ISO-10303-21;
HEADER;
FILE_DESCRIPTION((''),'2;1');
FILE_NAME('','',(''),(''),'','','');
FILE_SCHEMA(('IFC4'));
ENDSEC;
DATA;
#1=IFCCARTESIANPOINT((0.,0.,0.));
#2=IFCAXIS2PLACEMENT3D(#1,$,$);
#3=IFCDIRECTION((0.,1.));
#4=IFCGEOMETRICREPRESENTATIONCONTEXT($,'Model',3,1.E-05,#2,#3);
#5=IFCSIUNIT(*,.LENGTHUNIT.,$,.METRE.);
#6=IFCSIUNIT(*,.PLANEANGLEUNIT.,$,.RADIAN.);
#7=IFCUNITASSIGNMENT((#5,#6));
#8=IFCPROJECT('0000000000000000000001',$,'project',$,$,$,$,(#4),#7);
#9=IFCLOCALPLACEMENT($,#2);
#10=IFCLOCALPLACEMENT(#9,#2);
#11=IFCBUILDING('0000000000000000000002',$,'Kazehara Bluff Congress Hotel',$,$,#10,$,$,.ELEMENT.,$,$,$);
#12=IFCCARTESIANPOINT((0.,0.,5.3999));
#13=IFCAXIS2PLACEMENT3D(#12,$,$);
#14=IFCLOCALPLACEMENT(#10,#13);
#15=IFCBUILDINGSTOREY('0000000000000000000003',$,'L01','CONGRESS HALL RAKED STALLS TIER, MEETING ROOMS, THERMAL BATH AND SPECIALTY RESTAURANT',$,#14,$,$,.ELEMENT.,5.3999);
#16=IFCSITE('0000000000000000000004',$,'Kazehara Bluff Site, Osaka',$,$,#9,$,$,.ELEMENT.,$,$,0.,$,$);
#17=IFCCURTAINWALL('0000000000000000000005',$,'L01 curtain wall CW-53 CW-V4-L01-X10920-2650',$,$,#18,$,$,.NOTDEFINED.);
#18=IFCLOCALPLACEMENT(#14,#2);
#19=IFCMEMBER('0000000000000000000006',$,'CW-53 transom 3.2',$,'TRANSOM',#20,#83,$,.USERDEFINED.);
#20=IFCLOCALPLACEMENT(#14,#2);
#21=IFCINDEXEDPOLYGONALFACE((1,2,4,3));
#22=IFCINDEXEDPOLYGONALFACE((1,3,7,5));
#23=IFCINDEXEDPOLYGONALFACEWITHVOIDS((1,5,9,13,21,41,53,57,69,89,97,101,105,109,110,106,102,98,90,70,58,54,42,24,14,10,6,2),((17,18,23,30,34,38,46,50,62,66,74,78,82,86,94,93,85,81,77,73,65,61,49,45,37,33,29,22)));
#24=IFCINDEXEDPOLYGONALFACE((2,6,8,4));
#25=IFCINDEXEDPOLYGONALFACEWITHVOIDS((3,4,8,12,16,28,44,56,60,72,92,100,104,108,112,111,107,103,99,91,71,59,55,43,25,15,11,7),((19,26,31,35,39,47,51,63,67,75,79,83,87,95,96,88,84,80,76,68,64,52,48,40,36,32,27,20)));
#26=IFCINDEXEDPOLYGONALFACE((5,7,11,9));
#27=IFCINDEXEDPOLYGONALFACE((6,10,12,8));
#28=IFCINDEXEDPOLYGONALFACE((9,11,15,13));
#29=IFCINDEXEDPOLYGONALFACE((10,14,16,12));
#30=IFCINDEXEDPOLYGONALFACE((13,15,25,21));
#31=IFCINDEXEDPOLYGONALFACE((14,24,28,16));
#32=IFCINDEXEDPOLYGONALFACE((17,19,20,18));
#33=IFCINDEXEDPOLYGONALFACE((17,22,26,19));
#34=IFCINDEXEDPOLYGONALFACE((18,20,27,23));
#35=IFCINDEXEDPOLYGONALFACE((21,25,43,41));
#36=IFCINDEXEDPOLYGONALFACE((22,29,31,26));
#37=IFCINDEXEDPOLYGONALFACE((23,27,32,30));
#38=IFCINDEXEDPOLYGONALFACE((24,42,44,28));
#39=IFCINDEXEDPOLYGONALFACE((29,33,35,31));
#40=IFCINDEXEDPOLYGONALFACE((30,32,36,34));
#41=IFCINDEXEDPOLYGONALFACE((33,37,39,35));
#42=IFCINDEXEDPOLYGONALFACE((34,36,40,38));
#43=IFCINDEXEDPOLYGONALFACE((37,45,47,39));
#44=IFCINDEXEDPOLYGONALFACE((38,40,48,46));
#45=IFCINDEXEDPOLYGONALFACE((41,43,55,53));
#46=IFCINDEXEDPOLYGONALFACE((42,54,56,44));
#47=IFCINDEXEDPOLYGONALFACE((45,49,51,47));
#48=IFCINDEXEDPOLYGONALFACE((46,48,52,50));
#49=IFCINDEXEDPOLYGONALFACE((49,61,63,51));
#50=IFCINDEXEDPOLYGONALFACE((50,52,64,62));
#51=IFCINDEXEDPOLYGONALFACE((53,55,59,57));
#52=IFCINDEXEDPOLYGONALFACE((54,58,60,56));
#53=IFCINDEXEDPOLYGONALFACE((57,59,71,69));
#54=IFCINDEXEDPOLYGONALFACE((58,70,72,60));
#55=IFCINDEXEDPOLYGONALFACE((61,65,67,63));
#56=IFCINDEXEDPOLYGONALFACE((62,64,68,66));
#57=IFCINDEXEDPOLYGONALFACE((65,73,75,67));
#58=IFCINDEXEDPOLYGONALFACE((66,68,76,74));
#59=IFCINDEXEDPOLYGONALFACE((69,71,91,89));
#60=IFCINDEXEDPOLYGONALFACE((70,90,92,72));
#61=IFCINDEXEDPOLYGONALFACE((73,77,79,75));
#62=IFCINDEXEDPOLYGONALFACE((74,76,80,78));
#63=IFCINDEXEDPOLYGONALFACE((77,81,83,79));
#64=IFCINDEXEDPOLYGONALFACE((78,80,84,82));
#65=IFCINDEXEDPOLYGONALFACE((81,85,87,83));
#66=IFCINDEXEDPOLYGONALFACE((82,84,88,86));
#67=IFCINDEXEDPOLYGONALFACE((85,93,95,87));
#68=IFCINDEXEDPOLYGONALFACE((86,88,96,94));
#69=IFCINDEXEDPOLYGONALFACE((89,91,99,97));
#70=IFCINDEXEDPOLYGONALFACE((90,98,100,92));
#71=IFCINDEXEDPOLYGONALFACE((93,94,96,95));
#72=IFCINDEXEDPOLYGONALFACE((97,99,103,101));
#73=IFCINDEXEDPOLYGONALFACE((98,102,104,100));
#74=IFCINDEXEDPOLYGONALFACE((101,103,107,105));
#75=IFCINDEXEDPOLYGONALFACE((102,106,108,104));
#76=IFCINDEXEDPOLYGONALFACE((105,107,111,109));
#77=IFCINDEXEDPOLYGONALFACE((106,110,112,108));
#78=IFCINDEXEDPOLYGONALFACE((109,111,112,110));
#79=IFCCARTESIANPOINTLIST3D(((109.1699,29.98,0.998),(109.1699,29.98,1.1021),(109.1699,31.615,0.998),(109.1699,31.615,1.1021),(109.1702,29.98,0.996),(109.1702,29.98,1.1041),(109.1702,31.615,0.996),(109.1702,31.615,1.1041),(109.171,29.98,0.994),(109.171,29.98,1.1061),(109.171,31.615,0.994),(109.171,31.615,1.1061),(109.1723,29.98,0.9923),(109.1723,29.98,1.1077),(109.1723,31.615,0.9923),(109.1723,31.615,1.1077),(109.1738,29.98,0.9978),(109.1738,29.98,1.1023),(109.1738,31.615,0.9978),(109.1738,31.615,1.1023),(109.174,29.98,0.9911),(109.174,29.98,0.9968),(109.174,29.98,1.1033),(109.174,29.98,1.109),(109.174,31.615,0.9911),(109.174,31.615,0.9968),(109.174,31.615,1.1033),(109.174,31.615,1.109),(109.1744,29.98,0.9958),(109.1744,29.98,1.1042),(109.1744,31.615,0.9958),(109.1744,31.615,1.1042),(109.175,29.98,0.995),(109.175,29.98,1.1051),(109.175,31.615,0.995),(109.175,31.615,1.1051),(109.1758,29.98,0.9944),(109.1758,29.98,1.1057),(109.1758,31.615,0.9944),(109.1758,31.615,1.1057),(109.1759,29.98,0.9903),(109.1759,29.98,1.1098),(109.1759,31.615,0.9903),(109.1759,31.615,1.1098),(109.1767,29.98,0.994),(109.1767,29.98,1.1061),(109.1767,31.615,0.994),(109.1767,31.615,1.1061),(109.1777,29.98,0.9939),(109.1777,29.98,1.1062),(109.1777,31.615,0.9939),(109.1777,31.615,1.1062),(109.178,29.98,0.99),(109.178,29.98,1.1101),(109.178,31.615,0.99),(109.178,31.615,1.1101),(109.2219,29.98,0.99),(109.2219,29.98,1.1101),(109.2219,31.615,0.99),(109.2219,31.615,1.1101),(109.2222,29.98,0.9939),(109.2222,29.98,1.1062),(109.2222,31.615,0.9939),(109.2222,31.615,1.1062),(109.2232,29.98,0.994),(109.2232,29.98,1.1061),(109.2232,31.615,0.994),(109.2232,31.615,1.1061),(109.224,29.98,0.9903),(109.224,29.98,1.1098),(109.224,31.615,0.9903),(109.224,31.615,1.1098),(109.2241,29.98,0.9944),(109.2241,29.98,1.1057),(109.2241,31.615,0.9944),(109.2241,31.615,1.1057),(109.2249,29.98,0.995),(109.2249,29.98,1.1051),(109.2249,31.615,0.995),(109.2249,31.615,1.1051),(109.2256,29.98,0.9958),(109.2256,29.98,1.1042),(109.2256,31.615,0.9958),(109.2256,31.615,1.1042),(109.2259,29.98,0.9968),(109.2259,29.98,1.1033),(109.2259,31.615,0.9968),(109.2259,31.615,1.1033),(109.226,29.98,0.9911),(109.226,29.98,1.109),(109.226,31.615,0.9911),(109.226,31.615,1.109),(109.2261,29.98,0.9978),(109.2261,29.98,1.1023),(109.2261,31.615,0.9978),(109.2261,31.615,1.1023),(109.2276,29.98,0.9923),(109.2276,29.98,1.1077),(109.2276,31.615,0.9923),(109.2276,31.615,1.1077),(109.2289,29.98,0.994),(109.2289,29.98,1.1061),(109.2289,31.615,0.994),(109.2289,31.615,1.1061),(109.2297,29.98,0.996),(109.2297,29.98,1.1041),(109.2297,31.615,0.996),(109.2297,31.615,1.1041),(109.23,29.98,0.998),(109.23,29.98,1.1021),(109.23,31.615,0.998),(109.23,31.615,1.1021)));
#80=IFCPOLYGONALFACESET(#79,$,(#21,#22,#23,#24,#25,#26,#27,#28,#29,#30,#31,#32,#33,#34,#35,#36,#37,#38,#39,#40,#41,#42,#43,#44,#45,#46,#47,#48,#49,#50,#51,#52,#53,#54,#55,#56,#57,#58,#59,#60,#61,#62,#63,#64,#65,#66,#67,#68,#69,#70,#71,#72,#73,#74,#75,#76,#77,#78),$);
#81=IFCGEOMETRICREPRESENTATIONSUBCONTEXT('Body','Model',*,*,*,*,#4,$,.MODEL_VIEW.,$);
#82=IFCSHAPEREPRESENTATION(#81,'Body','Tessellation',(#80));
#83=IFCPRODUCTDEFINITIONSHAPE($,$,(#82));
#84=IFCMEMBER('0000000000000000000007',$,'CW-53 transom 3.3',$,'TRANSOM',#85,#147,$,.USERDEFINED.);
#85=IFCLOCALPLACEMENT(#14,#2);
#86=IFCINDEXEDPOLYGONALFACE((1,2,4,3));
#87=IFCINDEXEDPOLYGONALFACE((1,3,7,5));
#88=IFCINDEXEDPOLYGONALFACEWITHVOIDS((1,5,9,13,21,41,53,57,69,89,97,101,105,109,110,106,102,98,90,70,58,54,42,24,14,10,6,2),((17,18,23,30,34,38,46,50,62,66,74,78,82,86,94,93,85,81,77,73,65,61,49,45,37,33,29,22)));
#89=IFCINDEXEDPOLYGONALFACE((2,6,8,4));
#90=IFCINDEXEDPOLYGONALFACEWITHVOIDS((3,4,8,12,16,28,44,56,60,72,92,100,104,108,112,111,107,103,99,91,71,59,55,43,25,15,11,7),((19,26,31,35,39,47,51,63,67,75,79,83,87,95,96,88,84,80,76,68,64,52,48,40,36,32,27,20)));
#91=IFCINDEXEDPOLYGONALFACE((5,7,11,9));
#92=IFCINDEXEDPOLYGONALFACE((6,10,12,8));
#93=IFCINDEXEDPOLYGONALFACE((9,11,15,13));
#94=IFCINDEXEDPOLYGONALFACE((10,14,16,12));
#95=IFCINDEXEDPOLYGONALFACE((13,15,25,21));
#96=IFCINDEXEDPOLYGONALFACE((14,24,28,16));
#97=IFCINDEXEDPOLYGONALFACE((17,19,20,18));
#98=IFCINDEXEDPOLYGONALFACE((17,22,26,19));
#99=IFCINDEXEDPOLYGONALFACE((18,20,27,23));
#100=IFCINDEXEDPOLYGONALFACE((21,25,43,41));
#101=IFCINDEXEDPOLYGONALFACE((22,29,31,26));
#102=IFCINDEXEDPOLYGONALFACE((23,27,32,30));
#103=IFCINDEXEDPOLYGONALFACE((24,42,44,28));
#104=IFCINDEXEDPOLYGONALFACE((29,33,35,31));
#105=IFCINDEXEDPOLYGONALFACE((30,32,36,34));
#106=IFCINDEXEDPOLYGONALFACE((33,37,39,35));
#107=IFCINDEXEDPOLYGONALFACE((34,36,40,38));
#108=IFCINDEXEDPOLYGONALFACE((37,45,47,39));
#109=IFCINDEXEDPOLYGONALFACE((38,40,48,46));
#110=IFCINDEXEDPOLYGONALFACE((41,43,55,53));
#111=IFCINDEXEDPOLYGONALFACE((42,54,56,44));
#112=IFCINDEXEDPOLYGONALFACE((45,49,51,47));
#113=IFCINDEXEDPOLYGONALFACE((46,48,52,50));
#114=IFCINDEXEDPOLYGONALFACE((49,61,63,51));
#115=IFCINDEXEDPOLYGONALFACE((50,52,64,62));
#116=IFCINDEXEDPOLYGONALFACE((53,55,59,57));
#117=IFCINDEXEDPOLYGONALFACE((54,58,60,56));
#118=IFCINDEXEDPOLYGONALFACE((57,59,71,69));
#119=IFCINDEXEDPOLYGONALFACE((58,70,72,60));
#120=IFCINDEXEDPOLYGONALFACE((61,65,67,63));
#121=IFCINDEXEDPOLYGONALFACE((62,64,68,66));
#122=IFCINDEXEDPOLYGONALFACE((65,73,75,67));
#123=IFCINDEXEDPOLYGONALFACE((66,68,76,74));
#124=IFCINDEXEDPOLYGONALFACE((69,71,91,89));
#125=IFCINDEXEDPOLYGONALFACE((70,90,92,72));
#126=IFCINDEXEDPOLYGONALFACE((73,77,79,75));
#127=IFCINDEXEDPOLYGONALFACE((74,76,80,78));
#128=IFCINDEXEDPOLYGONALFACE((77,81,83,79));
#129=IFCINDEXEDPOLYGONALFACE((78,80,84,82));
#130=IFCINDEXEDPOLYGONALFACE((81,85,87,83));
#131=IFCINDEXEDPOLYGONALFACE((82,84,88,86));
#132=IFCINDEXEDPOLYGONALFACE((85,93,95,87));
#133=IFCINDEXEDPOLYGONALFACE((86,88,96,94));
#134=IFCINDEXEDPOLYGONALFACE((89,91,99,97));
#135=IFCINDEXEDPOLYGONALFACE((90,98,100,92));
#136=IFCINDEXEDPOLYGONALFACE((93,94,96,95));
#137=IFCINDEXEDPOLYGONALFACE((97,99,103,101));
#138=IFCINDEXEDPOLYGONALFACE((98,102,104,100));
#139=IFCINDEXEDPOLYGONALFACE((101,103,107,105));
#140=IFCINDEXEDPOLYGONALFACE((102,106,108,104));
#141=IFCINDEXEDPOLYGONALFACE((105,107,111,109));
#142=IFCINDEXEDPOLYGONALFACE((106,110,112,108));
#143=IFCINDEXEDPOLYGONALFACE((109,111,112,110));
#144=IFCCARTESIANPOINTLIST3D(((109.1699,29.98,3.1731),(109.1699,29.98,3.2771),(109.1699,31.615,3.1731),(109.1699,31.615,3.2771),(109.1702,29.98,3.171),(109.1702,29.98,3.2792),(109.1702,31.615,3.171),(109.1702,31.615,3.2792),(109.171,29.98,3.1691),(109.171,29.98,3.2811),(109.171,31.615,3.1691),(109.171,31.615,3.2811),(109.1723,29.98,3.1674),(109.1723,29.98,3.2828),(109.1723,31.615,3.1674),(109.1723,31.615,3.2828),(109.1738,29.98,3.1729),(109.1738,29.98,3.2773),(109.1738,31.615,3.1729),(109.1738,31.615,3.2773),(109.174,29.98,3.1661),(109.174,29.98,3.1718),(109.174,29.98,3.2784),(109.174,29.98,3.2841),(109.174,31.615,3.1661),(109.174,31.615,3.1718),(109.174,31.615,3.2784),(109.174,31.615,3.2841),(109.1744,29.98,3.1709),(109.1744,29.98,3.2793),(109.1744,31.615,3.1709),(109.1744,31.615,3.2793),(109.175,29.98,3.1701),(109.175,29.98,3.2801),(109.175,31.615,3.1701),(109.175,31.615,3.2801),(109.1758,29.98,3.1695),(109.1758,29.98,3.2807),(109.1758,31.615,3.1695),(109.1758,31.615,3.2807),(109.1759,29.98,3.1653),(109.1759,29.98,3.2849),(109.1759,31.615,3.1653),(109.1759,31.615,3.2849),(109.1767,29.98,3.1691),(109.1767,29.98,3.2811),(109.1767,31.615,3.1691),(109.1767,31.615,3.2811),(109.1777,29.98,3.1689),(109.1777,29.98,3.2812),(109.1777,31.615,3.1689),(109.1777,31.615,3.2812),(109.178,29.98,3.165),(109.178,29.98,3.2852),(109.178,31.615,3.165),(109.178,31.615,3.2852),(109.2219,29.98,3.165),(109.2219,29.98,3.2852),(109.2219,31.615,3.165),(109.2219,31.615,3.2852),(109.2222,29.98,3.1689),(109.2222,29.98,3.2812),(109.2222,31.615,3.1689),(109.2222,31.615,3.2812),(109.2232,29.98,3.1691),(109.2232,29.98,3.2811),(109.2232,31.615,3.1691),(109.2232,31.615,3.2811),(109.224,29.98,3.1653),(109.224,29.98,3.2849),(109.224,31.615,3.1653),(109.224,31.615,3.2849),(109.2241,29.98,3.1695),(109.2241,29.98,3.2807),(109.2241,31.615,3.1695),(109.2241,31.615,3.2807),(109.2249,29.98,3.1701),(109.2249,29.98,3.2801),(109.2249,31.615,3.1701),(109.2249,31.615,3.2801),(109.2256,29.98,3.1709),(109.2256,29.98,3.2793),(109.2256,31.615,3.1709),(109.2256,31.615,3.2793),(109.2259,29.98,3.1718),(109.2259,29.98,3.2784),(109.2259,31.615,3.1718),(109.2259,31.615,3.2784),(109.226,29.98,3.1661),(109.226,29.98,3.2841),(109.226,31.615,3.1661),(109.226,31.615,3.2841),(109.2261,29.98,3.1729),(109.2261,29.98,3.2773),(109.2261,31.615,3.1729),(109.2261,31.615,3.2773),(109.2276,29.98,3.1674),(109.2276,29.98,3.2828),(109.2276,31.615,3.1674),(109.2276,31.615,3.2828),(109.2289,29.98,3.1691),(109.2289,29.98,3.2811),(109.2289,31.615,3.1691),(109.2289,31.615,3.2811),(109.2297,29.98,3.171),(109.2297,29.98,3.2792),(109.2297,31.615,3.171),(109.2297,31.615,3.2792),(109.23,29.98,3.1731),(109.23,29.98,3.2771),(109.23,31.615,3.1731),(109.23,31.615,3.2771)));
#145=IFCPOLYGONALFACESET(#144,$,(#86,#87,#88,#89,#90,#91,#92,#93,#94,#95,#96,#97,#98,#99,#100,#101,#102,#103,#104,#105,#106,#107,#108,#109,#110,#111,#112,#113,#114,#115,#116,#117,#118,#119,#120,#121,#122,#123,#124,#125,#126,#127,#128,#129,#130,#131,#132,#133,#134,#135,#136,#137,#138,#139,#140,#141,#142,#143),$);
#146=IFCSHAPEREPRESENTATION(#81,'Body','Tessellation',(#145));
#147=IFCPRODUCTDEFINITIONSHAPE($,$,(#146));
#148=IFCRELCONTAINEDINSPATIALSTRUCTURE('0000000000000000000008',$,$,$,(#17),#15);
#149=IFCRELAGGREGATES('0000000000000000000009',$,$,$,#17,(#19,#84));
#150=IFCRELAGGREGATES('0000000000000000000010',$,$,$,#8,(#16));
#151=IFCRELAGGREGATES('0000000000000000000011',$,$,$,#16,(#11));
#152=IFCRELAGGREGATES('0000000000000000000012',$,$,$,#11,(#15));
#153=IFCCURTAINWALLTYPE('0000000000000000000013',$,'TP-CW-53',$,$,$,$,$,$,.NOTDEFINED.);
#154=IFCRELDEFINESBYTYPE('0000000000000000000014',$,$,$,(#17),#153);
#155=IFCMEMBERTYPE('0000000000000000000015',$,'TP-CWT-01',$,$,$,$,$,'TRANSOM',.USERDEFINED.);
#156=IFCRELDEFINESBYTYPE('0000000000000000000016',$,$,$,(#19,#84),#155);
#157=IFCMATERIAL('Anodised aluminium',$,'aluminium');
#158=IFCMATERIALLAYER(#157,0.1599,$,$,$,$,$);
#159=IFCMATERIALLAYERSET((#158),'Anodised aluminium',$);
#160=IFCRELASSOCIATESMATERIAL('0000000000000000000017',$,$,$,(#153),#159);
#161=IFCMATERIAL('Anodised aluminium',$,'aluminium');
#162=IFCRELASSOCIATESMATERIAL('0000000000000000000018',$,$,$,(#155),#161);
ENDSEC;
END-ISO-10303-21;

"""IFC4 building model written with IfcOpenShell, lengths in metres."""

from ifc_helpers import new_model, si_unit, direction, frame, origin, origin_2d, place, context, subcontext, project, spatial, hollow_rectangle, extrude, material, layer, layer_set, material_profile, profile_set, type_object, element, aggregate, save


model = new_model("IFC4")

# Units and contexts
model_context = context("Model", 3, precision=1e-05, world=origin(), true_north=direction((0.0, 1.0)))
body_context = subcontext(model_context, "Body", "Model", "MODEL_VIEW")
ifc_project = project(units=[si_unit("LENGTHUNIT", "METRE"), si_unit("PLANEANGLEUNIT", "RADIAN")], contexts=[model_context])

# Site, building, storey
site_placement = place(None, origin())
site = spatial("IfcSite", under=ifc_project, at=site_placement, Name="Kazehara Bluff Site, Osaka", CompositionType="ELEMENT", RefElevation=0.0)
building_placement = place(site_placement, origin())
building = spatial("IfcBuilding", under=site, at=building_placement, Name="Kazehara Bluff Congress Hotel", CompositionType="ELEMENT")
storey_placement = place(building_placement, frame((0.0, 0.0, 5.3999)))
storey = spatial("IfcBuildingStorey", under=building, at=storey_placement, Name="L01", Description="CONGRESS HALL RAKED STALLS TIER, MEETING ROOMS, THERMAL BATH AND SPECIALTY RESTAURANT", CompositionType="ELEMENT", Elevation=5.3999)

# Curtain wall, members
ifc_material_1 = material(Name="Anodised aluminium", Category="aluminium")
ifc_layer_1 = layer(ifc_material_1, 0.1599)
ifc_layer_set_1 = layer_set([ifc_layer_1], Name="Anodised aluminium")
curtain_wall_type = type_object("IfcCurtainWallType", Name="TP-CW-53", PredefinedType="NOTDEFINED", material=ifc_layer_set_1)
curtain_wall_placement = place(storey_placement, origin())
curtain_wall = element("IfcCurtainWall", 1, at=curtain_wall_placement, inside=storey, type_object=curtain_wall_type, Name="L01 curtain wall CW-53 CW-V4-L01-X10920-2650", PredefinedType="NOTDEFINED")
ifc_material_2 = material(Name="Anodised aluminium", Category="aluminium")
ifc_material_profile_1 = material_profile(ifc_material_2, hollow_rectangle(XDim=0.0601, YDim=0.1201, WallThickness=0.0039, InnerFilletRadius=0.0039, OuterFilletRadius=0.0081, at=origin_2d()))
ifc_profile_set_1 = profile_set([ifc_material_profile_1], Name="Anodised aluminium")
member_type_1 = type_object("IfcMemberType", Name="TP-CWT-01", ElementType="TRANSOM", PredefinedType="USERDEFINED", material=ifc_profile_set_1)
member_1_placement = place(storey_placement, frame((109.2, 29.98, 1.05), z_axis=(0.0, 1.0, 0.0), x_axis=(-1.0, 0.0, 0.0)))
member_1 = element("IfcMember", 2, at=member_1_placement, type_object=member_type_1, Name="CW-53 transom 3.2", ObjectType="TRANSOM", PredefinedType="USERDEFINED", context=body_context, shape_type="SweptSolid", body=[
    extrude(hollow_rectangle(XDim=0.0601, YDim=0.1201, WallThickness=0.0039, InnerFilletRadius=0.0039, OuterFilletRadius=0.0081, at=origin_2d()), origin(), (0.0, 0.0, 1.0), 1.635),
])
member_2_placement = place(storey_placement, frame((109.2, 29.98, 3.2251), z_axis=(0.0, 1.0, 0.0), x_axis=(-1.0, 0.0, 0.0)))
member_2 = element("IfcMember", 3, at=member_2_placement, type_object=member_type_1, Name="CW-53 transom 3.3", ObjectType="TRANSOM", PredefinedType="USERDEFINED", context=body_context, shape_type="SweptSolid", body=[
    extrude(hollow_rectangle(XDim=0.0601, YDim=0.1201, WallThickness=0.0039, InnerFilletRadius=0.0039, OuterFilletRadius=0.0081, at=origin_2d()), origin(), (0.0, 0.0, 1.0), 1.635),
])

aggregate(curtain_wall, [member_1, member_2])

save(model, "model.ifc")
